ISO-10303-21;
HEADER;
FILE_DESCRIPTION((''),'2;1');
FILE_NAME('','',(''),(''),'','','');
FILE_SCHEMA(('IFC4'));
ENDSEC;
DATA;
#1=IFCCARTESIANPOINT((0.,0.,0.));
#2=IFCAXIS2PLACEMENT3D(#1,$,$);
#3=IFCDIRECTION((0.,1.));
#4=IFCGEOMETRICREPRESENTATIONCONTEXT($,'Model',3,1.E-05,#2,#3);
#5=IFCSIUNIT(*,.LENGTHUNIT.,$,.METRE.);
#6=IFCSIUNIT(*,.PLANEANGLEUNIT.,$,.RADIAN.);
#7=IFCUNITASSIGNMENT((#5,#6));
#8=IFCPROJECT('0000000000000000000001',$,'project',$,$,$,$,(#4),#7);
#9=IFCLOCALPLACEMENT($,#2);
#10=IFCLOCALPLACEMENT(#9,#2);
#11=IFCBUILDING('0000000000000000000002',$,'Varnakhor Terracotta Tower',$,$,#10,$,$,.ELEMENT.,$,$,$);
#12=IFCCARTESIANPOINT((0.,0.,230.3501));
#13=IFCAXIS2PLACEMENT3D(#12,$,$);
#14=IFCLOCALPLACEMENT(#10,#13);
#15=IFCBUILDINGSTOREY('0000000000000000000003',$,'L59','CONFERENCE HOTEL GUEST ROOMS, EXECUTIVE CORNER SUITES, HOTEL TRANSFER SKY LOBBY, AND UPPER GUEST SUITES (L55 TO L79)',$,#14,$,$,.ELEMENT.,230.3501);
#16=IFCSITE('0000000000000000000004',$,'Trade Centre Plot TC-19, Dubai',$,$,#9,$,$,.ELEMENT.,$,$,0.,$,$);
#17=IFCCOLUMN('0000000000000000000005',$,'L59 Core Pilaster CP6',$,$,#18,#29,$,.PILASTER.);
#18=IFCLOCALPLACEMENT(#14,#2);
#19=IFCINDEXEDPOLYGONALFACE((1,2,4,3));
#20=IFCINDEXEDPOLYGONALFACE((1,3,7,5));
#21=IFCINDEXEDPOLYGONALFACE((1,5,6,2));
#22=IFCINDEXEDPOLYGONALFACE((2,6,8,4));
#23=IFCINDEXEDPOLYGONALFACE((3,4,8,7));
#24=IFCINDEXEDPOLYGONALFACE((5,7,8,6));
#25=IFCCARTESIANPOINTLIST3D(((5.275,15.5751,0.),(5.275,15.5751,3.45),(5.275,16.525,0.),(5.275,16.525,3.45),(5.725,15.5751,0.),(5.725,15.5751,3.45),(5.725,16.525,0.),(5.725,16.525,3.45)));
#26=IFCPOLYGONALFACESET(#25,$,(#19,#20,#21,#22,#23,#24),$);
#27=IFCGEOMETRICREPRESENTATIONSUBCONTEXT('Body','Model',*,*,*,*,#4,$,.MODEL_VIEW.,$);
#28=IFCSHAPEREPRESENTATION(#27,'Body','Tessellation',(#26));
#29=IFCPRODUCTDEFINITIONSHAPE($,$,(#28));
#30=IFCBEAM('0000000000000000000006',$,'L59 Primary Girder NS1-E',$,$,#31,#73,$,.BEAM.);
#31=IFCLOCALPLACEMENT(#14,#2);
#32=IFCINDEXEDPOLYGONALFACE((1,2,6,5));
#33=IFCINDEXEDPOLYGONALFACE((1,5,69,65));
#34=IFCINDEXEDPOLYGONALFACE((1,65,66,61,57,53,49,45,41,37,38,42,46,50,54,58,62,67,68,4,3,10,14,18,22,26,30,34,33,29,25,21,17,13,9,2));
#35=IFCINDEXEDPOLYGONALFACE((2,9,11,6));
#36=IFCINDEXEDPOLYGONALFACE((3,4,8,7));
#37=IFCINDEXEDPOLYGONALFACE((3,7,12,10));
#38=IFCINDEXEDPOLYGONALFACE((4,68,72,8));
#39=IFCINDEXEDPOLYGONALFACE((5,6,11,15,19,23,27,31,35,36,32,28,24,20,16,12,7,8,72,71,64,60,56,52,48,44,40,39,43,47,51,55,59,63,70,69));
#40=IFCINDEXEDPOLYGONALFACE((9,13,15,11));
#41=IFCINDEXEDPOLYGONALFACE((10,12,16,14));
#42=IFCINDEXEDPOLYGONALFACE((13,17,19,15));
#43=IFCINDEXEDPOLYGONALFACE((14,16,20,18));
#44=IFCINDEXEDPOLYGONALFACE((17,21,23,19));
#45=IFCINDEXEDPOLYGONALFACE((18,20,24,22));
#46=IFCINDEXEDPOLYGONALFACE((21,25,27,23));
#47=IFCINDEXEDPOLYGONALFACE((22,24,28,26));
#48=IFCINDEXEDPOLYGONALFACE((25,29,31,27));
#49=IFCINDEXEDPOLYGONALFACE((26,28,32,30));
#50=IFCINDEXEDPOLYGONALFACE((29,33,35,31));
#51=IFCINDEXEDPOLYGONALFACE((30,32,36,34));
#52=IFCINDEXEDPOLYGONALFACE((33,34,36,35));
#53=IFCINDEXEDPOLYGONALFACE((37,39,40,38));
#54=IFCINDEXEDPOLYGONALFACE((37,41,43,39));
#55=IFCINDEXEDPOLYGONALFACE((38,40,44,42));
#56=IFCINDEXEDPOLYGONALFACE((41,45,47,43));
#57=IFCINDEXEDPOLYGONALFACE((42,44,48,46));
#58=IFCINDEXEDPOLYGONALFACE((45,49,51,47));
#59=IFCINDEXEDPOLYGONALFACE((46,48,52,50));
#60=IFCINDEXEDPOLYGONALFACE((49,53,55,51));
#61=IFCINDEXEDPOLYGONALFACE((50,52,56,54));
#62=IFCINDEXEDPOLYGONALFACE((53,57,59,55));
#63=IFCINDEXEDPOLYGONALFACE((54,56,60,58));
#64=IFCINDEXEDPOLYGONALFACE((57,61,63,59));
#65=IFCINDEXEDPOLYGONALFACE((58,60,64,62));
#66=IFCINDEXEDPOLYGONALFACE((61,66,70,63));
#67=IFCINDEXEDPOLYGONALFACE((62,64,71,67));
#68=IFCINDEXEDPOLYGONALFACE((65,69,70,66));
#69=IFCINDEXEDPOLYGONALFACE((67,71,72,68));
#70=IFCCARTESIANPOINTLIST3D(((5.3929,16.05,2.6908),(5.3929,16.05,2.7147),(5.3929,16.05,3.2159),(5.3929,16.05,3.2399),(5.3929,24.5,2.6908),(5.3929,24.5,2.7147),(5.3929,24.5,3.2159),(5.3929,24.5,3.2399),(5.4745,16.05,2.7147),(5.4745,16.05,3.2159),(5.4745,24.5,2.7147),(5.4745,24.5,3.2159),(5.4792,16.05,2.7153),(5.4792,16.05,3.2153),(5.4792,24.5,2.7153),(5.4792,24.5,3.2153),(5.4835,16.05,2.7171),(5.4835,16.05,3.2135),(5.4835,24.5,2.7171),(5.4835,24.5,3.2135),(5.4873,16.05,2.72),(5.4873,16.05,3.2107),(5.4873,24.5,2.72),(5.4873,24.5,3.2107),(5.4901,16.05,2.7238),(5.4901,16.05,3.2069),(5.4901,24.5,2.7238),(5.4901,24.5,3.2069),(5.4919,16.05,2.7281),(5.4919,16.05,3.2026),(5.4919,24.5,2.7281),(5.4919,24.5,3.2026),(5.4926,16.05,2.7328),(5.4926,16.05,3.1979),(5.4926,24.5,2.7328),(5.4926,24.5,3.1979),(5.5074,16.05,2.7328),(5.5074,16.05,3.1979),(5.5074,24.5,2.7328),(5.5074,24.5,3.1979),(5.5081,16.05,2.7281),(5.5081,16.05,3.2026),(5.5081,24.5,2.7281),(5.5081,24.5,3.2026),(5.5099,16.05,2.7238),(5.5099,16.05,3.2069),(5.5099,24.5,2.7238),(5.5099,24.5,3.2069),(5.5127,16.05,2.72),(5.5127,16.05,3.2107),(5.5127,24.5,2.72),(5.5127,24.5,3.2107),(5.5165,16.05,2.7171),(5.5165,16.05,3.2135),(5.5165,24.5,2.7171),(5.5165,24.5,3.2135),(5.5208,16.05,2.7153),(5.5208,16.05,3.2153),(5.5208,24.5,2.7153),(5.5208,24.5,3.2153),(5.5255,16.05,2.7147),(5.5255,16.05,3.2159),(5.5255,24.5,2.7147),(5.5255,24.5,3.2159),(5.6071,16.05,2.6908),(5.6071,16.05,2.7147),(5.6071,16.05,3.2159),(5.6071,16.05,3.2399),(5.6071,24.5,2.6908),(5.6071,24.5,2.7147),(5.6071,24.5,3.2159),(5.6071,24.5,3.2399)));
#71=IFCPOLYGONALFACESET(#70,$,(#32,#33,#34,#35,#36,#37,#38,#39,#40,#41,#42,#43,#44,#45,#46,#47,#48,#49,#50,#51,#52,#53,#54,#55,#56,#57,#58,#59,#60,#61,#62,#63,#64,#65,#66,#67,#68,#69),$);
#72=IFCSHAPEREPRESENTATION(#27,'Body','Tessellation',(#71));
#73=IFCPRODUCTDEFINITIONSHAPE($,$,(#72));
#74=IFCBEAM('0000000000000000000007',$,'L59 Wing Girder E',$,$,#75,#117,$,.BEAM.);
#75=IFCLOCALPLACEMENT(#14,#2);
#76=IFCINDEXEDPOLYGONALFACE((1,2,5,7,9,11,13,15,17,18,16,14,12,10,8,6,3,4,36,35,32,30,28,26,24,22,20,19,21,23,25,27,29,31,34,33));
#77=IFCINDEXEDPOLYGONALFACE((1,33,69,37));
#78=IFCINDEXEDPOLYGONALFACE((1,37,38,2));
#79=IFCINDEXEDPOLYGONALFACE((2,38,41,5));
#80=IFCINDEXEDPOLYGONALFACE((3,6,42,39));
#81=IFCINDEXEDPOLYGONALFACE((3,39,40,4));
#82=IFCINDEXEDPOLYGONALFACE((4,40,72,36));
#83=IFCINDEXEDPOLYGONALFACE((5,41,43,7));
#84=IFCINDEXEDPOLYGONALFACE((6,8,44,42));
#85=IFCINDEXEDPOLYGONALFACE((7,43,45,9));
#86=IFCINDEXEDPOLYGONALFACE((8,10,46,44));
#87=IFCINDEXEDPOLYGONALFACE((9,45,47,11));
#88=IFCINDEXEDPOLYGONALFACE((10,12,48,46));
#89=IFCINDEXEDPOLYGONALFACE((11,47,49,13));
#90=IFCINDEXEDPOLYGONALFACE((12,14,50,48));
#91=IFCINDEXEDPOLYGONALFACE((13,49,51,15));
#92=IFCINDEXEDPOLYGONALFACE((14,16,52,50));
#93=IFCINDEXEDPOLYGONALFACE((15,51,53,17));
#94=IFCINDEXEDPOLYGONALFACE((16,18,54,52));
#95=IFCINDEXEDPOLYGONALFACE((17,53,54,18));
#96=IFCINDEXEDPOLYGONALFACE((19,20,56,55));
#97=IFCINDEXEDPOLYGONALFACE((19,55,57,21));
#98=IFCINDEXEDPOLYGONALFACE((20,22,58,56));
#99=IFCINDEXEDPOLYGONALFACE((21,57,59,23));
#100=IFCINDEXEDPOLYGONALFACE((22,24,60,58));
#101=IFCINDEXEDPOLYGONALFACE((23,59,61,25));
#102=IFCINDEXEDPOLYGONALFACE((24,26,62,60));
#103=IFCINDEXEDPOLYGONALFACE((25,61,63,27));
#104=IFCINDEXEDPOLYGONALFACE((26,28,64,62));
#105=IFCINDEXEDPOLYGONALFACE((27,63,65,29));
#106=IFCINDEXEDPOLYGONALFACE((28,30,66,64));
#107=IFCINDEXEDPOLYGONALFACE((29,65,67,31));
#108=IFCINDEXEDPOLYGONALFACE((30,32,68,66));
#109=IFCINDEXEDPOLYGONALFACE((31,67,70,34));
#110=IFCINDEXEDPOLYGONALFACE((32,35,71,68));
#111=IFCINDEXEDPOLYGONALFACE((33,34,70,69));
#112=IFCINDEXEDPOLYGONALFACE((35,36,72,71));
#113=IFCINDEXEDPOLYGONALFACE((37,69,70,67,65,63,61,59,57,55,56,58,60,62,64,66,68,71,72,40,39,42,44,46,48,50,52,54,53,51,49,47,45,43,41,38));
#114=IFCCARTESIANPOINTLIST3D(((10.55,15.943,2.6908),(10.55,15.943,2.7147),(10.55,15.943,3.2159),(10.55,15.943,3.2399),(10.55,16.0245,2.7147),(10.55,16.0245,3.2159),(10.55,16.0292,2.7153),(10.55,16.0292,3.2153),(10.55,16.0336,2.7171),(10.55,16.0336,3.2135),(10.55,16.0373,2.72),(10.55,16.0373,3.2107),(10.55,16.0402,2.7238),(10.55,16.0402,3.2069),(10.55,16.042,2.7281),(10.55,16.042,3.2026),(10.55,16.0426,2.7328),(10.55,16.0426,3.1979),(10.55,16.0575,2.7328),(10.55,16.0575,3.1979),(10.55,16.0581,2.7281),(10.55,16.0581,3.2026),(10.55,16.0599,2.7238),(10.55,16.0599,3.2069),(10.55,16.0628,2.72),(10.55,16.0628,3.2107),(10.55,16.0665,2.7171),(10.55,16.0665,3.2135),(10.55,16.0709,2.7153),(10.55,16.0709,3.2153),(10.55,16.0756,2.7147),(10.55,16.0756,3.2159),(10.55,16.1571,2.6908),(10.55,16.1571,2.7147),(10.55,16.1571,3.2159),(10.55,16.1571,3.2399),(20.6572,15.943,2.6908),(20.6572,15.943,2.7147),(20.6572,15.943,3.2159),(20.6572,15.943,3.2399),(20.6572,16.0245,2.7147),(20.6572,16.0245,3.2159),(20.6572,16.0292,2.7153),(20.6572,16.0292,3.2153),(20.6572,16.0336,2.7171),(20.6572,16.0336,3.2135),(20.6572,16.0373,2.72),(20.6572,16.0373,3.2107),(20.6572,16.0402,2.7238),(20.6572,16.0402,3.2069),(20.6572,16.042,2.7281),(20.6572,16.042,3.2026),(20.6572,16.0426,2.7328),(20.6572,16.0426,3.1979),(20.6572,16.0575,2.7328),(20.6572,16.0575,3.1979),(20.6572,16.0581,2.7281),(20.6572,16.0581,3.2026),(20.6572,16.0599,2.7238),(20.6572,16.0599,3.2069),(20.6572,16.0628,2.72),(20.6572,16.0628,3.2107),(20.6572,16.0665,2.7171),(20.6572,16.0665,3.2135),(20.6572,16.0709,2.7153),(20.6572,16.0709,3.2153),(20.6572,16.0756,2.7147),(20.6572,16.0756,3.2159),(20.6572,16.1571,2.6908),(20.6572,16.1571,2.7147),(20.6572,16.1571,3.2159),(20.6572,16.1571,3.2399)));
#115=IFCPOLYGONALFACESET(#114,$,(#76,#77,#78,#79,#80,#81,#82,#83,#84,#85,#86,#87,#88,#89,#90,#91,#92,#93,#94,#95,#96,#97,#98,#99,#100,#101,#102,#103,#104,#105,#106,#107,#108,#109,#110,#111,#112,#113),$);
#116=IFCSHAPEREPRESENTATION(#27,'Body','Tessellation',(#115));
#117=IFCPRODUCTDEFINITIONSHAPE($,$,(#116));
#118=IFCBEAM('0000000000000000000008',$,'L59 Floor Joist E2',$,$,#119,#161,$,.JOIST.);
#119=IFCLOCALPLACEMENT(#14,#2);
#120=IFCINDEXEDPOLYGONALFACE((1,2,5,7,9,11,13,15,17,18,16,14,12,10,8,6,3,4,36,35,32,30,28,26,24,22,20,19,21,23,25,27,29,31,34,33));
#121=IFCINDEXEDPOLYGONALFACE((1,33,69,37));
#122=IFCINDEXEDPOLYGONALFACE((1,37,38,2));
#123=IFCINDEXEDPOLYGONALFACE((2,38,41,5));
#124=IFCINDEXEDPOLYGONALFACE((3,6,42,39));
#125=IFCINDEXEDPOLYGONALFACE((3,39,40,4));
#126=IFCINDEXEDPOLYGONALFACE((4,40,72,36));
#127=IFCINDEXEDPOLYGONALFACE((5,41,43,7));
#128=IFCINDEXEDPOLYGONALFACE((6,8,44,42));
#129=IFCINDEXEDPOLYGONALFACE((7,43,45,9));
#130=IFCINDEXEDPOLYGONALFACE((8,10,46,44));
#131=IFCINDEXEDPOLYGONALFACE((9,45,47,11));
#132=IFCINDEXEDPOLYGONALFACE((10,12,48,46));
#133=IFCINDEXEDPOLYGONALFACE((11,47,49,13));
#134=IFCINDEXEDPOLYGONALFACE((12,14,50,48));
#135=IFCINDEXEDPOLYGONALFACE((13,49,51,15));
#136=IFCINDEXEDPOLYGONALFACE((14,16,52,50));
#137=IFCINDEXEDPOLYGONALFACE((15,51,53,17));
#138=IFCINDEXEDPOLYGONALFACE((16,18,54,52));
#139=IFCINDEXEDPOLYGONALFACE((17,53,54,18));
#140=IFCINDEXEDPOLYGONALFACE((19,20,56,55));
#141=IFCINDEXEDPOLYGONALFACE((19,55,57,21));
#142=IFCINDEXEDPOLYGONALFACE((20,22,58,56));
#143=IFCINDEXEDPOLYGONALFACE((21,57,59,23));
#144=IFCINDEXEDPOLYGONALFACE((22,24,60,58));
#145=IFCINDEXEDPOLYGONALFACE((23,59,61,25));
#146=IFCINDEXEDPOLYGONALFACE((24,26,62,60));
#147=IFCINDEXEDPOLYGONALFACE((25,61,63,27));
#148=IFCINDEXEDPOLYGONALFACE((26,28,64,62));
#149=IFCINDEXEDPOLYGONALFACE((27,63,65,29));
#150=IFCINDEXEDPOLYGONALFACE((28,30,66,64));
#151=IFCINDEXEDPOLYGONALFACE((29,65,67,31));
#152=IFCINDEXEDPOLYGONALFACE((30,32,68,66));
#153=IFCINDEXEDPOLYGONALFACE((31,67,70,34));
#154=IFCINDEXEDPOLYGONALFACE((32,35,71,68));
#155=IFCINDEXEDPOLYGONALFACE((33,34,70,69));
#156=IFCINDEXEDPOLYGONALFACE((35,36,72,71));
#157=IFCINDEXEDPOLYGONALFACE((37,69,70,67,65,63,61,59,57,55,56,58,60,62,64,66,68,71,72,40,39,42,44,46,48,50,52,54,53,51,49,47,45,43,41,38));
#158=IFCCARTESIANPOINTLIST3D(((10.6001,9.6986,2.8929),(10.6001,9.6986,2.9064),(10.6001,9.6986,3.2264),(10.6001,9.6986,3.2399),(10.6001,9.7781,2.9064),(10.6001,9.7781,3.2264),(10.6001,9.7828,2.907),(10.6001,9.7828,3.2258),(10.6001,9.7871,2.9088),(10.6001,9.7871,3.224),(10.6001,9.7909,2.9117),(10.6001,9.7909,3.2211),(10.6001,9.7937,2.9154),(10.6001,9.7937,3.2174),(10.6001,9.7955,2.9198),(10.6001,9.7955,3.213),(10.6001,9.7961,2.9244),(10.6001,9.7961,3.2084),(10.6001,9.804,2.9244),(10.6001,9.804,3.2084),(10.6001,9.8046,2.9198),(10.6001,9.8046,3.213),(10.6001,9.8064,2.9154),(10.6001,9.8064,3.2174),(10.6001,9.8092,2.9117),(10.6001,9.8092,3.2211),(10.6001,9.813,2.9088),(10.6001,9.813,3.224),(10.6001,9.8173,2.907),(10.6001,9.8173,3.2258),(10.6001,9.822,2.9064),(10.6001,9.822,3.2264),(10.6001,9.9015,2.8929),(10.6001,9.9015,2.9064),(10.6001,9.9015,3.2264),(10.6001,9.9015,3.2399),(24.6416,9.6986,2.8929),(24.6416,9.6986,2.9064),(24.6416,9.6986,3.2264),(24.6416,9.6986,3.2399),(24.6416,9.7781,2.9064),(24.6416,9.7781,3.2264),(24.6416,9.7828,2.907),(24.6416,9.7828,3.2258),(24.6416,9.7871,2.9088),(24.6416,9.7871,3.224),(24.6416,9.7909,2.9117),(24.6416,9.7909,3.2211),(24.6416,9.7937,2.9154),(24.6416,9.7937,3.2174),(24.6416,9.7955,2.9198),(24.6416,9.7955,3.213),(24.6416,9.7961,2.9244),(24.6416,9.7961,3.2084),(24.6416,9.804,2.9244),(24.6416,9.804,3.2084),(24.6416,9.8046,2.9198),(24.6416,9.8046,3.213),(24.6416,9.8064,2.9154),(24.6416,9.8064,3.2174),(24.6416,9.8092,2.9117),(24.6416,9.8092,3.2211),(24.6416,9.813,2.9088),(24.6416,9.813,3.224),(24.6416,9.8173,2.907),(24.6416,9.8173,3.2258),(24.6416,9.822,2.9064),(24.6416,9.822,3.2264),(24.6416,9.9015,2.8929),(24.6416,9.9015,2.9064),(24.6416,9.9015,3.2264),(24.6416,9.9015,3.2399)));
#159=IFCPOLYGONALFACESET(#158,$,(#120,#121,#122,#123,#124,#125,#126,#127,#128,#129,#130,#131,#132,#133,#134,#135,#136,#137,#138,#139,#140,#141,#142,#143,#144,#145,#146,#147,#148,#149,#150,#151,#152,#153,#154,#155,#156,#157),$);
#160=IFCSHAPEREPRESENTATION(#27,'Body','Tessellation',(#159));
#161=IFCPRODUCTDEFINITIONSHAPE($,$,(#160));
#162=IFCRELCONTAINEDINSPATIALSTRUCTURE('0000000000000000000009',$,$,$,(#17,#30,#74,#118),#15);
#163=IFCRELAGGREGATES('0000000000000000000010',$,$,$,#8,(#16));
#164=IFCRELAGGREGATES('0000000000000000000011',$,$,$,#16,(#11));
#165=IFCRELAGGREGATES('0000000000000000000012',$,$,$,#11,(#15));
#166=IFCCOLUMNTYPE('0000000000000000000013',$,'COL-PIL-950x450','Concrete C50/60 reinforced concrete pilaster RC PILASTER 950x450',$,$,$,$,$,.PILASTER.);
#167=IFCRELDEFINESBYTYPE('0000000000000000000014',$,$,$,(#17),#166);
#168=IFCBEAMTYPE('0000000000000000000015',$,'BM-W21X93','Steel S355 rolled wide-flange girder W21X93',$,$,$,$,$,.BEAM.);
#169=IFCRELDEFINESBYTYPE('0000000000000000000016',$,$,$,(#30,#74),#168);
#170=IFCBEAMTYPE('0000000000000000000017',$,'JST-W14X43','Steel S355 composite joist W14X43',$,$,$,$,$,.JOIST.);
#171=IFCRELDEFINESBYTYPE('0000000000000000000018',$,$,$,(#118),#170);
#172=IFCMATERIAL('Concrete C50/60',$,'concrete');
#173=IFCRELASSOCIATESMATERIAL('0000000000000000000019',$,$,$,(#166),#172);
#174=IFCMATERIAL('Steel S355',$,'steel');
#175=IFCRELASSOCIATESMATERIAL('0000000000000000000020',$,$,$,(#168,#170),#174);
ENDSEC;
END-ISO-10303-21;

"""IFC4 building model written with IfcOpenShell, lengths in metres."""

from ifc_helpers import new_model, si_unit, direction, frame, origin, origin_2d, place, context, subcontext, project, spatial, rectangle, i_section, extrude, source, transform, mapped, material, material_profile, profile_set, type_object, type_shapes, element, save


model = new_model("IFC4")

# Units and contexts
model_context = context("Model", 3, precision=1e-05, world=origin(), true_north=direction((0.0, 1.0)))
body_context = subcontext(model_context, "Body", "Model", "MODEL_VIEW")
ifc_project = project(units=[si_unit("LENGTHUNIT", "METRE"), si_unit("PLANEANGLEUNIT", "RADIAN")], contexts=[model_context])

# Site, building, storey
site_placement = place(None, origin())
site = spatial("IfcSite", under=ifc_project, at=site_placement, Name="Trade Centre Plot TC-19, Dubai", CompositionType="ELEMENT", RefElevation=0.0)
building_placement = place(site_placement, origin())
building = spatial("IfcBuilding", under=site, at=building_placement, Name="Varnakhor Terracotta Tower", CompositionType="ELEMENT")
storey_placement = place(building_placement, frame((0.0, 0.0, 230.3501)))
storey = spatial("IfcBuildingStorey", under=building, at=storey_placement, Name="L59", Description="CONFERENCE HOTEL GUEST ROOMS, EXECUTIVE CORNER SUITES, HOTEL TRANSFER SKY LOBBY, AND UPPER GUEST SUITES (L55 TO L79)", CompositionType="ELEMENT", Elevation=230.3501)

# Column
ifc_material_1 = material(Name="Concrete C50/60", Category="concrete")
ifc_material_profile_1 = material_profile(ifc_material_1, rectangle(XDim=0.45, YDim=0.95, at=origin_2d()), Name="RC PILASTER 950x450")
ifc_profile_set_1 = profile_set([ifc_material_profile_1], Name="Concrete C50/60")
column_type = type_object("IfcColumnType", Name="COL-PIL-950x450", Description="Concrete C50/60 reinforced concrete pilaster RC PILASTER 950x450", PredefinedType="PILASTER", material=ifc_profile_set_1)
shared_shape_1 = source(origin(), body_context, "Body", "SweptSolid", [
    extrude(rectangle(XDim=0.45, YDim=0.95, at=origin_2d()), origin(), (0.0, 0.0, 1.0), 3.45),
])
column_placement = place(storey_placement, frame((5.5, 16.05, 0.0), z_axis=(0.0, 0.0, 1.0), x_axis=(1.0, 0.0, 0.0)))
element("IfcColumn", 1, at=column_placement, inside=storey, type_object=column_type, Name="L59 Core Pilaster CP6", PredefinedType="PILASTER", context=body_context, shape_type="MappedRepresentation", body=[
    mapped(shared_shape_1, transform((0.0, 0.0, 0.0), scale=1.0)),
])

# Beams
ifc_material_2 = material(Name="Steel S355", Category="steel")
ifc_material_profile_2 = material_profile(ifc_material_2, i_section(OverallWidth=0.2141, OverallDepth=0.5491, WebThickness=0.0149, FlangeThickness=0.0239, FilletRadius=0.0181, at=origin_2d()), Name="W21X93")
ifc_profile_set_2 = profile_set([ifc_material_profile_2], Name="Steel S355")
beam_type_1 = type_object("IfcBeamType", Name="BM-W21X93", Description="Steel S355 rolled wide-flange girder W21X93", PredefinedType="BEAM", material=ifc_profile_set_2)
shared_shape_2 = source(origin(), body_context, "Body", "SweptSolid", [
    extrude(i_section(OverallWidth=0.2141, OverallDepth=0.5491, WebThickness=0.0149, FlangeThickness=0.0239, FilletRadius=0.0181, at=origin_2d()), origin(), (0.0, 0.0, 1.0), 8.45),
])
type_shapes(beam_type_1, [shared_shape_2])
beam_1_placement = place(storey_placement, frame((5.5, 16.05, 2.9653), z_axis=(0.0, 1.0, 0.0), x_axis=(-1.0, 0.0, 0.0)))
element("IfcBeam", 2, at=beam_1_placement, inside=storey, type_object=beam_type_1, Name="L59 Primary Girder NS1-E", PredefinedType="BEAM", context=body_context, shape_type="MappedRepresentation", body=[
    mapped(shared_shape_2, transform((0.0, 0.0, 0.0), scale=1.0)),
])
shared_shape_3 = source(origin(), body_context, "Body", "SweptSolid", [
    extrude(i_section(OverallWidth=0.2141, OverallDepth=0.5491, WebThickness=0.0149, FlangeThickness=0.0239, FilletRadius=0.0181, at=origin_2d()), origin(), (0.0, 0.0, 1.0), 10.1072),
])
beam_2_placement = place(storey_placement, frame((10.55, 16.05, 2.9653), z_axis=(1.0, 0.0, 0.0), x_axis=(0.0, 1.0, 0.0)))
element("IfcBeam", 3, at=beam_2_placement, inside=storey, type_object=beam_type_1, Name="L59 Wing Girder E", PredefinedType="BEAM", context=body_context, shape_type="MappedRepresentation", body=[
    mapped(shared_shape_3, transform((0.0, 0.0, 0.0), scale=1.0)),
])
ifc_material_profile_3 = material_profile(ifc_material_2, i_section(OverallWidth=0.2029, OverallDepth=0.3469, WebThickness=0.0078, FlangeThickness=0.0134, FilletRadius=0.0181, at=origin_2d()), Name="W14X43")
ifc_profile_set_3 = profile_set([ifc_material_profile_3], Name="Steel S355")
beam_type_2 = type_object("IfcBeamType", Name="JST-W14X43", Description="Steel S355 composite joist W14X43", PredefinedType="JOIST", material=ifc_profile_set_3)
shared_shape_4 = source(origin(), body_context, "Body", "SweptSolid", [
    extrude(i_section(OverallWidth=0.2029, OverallDepth=0.3469, WebThickness=0.0078, FlangeThickness=0.0134, FilletRadius=0.0181, at=origin_2d()), origin(), (0.0, 0.0, 1.0), 14.0415),
])
beam_3_placement = place(storey_placement, frame((10.6001, 9.8, 3.0664), z_axis=(1.0, 0.0, 0.0), x_axis=(0.0, 1.0, 0.0)))
element("IfcBeam", 4, at=beam_3_placement, inside=storey, type_object=beam_type_2, Name="L59 Floor Joist E2", PredefinedType="JOIST", context=body_context, shape_type="MappedRepresentation", body=[
    mapped(shared_shape_4, transform((0.0, 0.0, 0.0), scale=1.0)),
])

save(model, "model.ifc")
